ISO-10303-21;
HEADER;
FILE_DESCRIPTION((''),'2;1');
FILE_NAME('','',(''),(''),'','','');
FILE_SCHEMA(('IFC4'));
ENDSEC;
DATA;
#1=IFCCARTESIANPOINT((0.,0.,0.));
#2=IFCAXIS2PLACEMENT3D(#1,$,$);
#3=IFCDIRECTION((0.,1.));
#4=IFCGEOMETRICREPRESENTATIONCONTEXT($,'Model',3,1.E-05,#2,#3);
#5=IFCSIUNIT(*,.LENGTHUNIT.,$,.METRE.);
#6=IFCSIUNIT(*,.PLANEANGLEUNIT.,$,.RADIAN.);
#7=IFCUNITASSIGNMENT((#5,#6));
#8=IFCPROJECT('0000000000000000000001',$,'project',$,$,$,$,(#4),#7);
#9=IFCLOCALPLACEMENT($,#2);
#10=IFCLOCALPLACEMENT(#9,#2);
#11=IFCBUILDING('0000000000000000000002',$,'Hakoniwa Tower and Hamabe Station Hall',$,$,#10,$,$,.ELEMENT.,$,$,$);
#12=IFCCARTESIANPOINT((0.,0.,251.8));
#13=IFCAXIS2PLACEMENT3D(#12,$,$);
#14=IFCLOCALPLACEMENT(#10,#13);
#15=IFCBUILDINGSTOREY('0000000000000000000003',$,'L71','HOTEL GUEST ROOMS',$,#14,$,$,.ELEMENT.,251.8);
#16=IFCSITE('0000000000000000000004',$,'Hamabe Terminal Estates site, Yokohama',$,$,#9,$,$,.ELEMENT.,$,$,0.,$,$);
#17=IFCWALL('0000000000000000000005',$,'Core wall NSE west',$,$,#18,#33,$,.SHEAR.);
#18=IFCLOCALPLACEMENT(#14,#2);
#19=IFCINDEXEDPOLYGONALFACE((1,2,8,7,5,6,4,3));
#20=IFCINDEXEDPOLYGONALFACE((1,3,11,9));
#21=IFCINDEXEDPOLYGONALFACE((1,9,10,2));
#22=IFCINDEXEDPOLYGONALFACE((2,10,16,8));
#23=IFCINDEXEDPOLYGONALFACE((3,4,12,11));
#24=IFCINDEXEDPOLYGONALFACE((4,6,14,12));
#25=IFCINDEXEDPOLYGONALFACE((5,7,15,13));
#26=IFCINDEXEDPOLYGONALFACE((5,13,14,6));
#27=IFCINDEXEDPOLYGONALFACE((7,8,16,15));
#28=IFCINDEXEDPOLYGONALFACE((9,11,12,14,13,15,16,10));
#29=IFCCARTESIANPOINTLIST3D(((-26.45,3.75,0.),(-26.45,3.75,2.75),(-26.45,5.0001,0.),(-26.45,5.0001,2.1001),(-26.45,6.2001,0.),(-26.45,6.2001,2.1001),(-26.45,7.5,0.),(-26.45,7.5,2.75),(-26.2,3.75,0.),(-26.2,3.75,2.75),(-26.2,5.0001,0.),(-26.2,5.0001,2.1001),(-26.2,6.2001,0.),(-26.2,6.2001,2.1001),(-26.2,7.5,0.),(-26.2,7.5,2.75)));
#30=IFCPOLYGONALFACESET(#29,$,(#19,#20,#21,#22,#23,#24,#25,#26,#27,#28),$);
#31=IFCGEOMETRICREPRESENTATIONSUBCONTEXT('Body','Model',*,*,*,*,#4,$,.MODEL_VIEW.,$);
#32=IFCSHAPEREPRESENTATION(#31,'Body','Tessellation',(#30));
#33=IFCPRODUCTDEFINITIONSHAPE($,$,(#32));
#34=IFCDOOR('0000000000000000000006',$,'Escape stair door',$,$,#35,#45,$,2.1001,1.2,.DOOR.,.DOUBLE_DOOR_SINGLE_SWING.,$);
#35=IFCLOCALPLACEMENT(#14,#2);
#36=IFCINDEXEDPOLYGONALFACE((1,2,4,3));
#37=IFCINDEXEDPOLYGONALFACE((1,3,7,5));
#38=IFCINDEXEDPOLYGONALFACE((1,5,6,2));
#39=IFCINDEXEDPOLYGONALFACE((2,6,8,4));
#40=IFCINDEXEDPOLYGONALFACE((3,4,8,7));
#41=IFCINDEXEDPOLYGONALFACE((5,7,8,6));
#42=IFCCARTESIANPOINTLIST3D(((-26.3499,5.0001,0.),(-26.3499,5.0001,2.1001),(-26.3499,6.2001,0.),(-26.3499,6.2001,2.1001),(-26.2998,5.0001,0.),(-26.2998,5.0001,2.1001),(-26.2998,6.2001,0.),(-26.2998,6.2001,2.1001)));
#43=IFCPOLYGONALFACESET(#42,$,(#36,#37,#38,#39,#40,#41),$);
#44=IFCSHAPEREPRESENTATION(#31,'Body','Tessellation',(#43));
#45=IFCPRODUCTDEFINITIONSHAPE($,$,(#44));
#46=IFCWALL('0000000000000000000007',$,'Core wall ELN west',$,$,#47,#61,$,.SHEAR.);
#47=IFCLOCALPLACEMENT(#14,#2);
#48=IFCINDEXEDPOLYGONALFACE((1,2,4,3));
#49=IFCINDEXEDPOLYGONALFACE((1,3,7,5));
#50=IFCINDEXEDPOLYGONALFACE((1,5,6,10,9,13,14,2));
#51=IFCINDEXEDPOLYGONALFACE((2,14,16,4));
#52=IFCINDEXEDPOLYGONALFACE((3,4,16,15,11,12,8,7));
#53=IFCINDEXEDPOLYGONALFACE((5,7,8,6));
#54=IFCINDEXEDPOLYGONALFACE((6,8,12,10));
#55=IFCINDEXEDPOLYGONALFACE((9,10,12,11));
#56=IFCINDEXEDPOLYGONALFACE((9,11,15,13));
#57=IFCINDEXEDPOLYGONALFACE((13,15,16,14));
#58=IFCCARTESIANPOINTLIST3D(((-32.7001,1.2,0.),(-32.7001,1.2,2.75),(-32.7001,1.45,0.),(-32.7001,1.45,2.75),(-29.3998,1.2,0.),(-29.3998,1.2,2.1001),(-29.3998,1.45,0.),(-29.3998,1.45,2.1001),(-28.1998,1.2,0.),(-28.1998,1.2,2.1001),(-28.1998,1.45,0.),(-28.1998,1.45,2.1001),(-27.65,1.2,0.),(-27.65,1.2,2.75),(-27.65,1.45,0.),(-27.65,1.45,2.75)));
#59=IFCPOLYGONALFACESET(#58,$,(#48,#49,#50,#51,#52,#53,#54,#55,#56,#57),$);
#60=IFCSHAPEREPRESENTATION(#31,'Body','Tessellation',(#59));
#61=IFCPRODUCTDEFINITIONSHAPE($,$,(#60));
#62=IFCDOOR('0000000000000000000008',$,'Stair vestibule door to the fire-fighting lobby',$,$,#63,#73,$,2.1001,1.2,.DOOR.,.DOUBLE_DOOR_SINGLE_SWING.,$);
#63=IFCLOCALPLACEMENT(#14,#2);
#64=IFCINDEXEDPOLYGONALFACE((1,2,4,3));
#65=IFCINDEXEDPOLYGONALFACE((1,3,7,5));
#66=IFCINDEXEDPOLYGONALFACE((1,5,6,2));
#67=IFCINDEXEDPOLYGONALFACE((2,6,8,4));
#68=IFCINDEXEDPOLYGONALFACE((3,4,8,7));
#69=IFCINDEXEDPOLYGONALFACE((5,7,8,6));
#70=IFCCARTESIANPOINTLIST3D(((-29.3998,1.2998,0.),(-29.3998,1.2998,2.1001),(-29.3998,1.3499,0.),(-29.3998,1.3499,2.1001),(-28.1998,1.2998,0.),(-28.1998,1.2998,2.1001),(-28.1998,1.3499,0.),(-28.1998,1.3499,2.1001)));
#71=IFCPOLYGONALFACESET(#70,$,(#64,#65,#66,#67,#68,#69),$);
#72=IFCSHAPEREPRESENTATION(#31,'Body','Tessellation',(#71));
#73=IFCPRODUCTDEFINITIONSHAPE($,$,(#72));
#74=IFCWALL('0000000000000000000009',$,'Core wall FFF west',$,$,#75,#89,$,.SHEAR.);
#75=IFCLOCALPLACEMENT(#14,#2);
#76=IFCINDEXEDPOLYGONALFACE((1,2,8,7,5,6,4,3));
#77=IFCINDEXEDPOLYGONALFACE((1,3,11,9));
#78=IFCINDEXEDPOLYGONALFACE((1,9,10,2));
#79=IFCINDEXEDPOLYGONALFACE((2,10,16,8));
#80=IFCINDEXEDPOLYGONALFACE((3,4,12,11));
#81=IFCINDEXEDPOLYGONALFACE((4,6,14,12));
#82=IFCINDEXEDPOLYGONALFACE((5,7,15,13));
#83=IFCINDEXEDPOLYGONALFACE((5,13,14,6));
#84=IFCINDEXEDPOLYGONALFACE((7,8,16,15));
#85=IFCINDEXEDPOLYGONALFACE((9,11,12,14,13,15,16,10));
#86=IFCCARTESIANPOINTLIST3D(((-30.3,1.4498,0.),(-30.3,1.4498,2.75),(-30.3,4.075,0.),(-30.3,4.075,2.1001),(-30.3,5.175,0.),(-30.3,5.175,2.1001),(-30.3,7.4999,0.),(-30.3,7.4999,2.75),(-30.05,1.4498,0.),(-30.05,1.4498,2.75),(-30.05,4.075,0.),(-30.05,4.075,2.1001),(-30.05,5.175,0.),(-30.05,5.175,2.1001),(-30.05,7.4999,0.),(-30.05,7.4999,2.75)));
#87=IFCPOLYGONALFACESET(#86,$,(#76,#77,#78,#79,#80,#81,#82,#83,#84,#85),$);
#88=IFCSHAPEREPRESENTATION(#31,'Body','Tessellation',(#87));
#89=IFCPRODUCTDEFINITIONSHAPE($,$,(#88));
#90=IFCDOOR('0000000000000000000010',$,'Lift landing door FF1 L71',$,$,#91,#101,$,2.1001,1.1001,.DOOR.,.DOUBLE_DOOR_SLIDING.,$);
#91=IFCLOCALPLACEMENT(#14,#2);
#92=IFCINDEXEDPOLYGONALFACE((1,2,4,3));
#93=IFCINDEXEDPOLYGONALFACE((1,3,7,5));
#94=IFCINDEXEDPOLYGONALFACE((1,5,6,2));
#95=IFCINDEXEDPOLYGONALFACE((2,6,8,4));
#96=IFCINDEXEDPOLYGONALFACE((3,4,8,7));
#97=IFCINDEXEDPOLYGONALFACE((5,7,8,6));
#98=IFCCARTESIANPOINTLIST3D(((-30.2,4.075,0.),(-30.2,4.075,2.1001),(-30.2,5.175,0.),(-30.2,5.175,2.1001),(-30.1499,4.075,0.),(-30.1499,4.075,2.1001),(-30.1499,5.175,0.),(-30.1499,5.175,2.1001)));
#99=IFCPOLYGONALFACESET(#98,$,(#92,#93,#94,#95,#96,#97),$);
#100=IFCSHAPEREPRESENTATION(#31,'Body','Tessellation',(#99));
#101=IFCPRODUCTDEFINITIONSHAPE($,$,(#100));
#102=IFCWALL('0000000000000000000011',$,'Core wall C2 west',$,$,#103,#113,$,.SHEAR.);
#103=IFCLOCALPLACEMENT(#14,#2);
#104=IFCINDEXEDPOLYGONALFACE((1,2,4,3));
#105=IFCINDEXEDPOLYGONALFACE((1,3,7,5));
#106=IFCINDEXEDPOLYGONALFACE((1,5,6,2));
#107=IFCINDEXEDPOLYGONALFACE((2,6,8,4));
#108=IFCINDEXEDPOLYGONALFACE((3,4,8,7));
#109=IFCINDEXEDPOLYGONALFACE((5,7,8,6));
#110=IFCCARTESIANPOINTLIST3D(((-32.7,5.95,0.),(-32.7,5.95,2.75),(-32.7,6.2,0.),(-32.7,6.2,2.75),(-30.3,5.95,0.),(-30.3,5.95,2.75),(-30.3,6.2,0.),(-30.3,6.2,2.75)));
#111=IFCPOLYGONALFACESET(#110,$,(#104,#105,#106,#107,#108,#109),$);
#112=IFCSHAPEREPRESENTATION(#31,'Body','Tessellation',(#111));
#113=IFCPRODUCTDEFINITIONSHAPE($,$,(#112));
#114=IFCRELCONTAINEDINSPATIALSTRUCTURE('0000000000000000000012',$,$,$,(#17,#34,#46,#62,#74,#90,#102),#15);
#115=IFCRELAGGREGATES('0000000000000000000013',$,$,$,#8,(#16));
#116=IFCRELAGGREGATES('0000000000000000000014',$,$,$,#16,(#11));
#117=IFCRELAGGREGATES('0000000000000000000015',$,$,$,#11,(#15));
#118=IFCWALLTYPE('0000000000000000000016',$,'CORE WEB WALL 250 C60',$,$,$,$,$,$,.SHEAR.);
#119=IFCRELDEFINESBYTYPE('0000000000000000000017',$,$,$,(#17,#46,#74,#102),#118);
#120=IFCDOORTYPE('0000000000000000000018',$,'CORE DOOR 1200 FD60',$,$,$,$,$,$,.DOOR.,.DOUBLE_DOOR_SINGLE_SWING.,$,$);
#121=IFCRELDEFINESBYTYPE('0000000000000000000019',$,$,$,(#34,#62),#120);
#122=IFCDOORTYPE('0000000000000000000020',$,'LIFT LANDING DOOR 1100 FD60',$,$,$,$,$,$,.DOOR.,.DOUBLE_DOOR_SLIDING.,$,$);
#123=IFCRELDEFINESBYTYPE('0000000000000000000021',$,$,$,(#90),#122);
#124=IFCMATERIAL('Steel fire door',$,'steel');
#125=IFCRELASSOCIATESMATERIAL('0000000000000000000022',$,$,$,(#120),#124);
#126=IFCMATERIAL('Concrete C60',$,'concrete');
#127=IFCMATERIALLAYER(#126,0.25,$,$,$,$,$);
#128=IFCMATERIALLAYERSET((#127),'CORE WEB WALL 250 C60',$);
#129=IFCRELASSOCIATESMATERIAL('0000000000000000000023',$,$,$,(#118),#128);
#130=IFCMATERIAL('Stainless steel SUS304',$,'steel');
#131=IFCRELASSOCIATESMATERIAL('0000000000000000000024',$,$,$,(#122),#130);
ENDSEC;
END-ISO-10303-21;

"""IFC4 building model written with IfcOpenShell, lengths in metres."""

from ifc_helpers import new_model, si_unit, direction, frame, frame_2d, origin, place, context, subcontext, project, spatial, rectangle, extrude, material, layer, layer_set, type_object, element, fill, save


model = new_model("IFC4")

# Units and contexts
model_context = context("Model", 3, precision=1e-05, world=origin(), true_north=direction((0.0, 1.0)))
body_context = subcontext(model_context, "Body", "Model", "MODEL_VIEW")
ifc_project = project(units=[si_unit("LENGTHUNIT", "METRE"), si_unit("PLANEANGLEUNIT", "RADIAN")], contexts=[model_context])

# Site, building, storey
site_placement = place(None, origin())
site = spatial("IfcSite", under=ifc_project, at=site_placement, Name="Hamabe Terminal Estates site, Yokohama", CompositionType="ELEMENT", RefElevation=0.0)
building_placement = place(site_placement, origin())
building = spatial("IfcBuilding", under=site, at=building_placement, Name="Hakoniwa Tower and Hamabe Station Hall", CompositionType="ELEMENT")
storey_placement = place(building_placement, frame((0.0, 0.0, 251.8)))
storey = spatial("IfcBuildingStorey", under=building, at=storey_placement, Name="L71", Description="HOTEL GUEST ROOMS", CompositionType="ELEMENT", Elevation=251.8)

# Shared definitions
ifc_material_1 = material(Name="Steel fire door", Category="steel")
door_type_1 = type_object("IfcDoorType", Name="CORE DOOR 1200 FD60", OperationType="DOUBLE_DOOR_SINGLE_SWING", PredefinedType="DOOR", material=ifc_material_1)

# Shared definitions
ifc_material_2 = material(Name="Concrete C60", Category="concrete")
ifc_layer_1 = layer(ifc_material_2, 0.25)
ifc_layer_set_1 = layer_set([ifc_layer_1], Name="CORE WEB WALL 250 C60")
wall_type_1 = type_object("IfcWallType", Name="CORE WEB WALL 250 C60", PredefinedType="SHEAR", material=ifc_layer_set_1)

# Walls, openings, doors
wall_1_placement = place(storey_placement, frame((-26.325, 3.75, 0.0), z_axis=(0.0, 0.0, 1.0), x_axis=(0.0, 1.0, 0.0)))
wall_1 = element("IfcWall", 1, at=wall_1_placement, inside=storey, type_object=wall_type_1, Name="Core wall NSE west", PredefinedType="SHEAR", context=body_context, shape_type="SweptSolid", body=[
    extrude(rectangle(XDim=3.75, YDim=0.25, at=frame_2d((1.875, 0.0))), origin(), (0.0, 0.0, 1.0), 2.75),
])
opening_1_placement = place(wall_1_placement, frame((1.25, 0.0, 0.0)))
opening_1 = element("IfcOpeningElement", 2, at=opening_1_placement, cuts=wall_1, PredefinedType="OPENING", context=body_context, shape_type="SweptSolid", body=[
    extrude(rectangle(XDim=1.2, YDim=2.1001, at=frame_2d((0.6001, 1.05))), frame((0.0, 0.135, 0.0), z_axis=(0.0, -1.0, 0.0), x_axis=(1.0, 0.0, 0.0)), (0.0, 0.0, 1.0), 0.27),
])
door_1_placement = place(opening_1_placement, origin())
door_1 = element("IfcDoor", 3, at=door_1_placement, inside=storey, type_object=door_type_1, Name="Escape stair door", OperationType="DOUBLE_DOOR_SINGLE_SWING", OverallHeight=2.1001, OverallWidth=1.2, PredefinedType="DOOR", context=body_context, shape_type="SweptSolid", body=[
    extrude(rectangle(XDim=1.2, YDim=2.1001, at=frame_2d((0.6001, 1.05))), frame((0.0, 0.0249, 0.0), z_axis=(0.0, -1.0, 0.0), x_axis=(1.0, 0.0, 0.0)), (0.0, 0.0, 1.0), 0.05),
])
fill(opening_1, door_1)
wall_2_placement = place(storey_placement, frame((-32.7, 1.325, 0.0), z_axis=(0.0, 0.0, 1.0), x_axis=(1.0, 0.0, 0.0)))
wall_2 = element("IfcWall", 4, at=wall_2_placement, inside=storey, type_object=wall_type_1, Name="Core wall ELN west", PredefinedType="SHEAR", context=body_context, shape_type="SweptSolid", body=[
    extrude(rectangle(XDim=5.05, YDim=0.25, at=frame_2d((2.5249, 0.0))), origin(), (0.0, 0.0, 1.0), 2.75),
])
opening_2_placement = place(wall_2_placement, frame((3.3, 0.0, 0.0)))
opening_2 = element("IfcOpeningElement", 5, at=opening_2_placement, cuts=wall_2, PredefinedType="OPENING", context=body_context, shape_type="SweptSolid", body=[
    extrude(rectangle(XDim=1.2, YDim=2.1001, at=frame_2d((0.6001, 1.05))), frame((0.0, 0.135, 0.0), z_axis=(0.0, -1.0, 0.0), x_axis=(1.0, 0.0, 0.0)), (0.0, 0.0, 1.0), 0.27),
])
door_2_placement = place(opening_2_placement, origin())
door_2 = element("IfcDoor", 6, at=door_2_placement, inside=storey, type_object=door_type_1, Name="Stair vestibule door to the fire-fighting lobby", OperationType="DOUBLE_DOOR_SINGLE_SWING", OverallHeight=2.1001, OverallWidth=1.2, PredefinedType="DOOR", context=body_context, shape_type="SweptSolid", body=[
    extrude(rectangle(XDim=1.2, YDim=2.1001, at=frame_2d((0.6001, 1.05))), frame((0.0, 0.0249, 0.0), z_axis=(0.0, -1.0, 0.0), x_axis=(1.0, 0.0, 0.0)), (0.0, 0.0, 1.0), 0.05),
])
fill(opening_2, door_2)
wall_3_placement = place(storey_placement, frame((-30.175, 1.45, 0.0), z_axis=(0.0, 0.0, 1.0), x_axis=(0.0, 1.0, 0.0)))
wall_3 = element("IfcWall", 7, at=wall_3_placement, inside=storey, type_object=wall_type_1, Name="Core wall FFF west", PredefinedType="SHEAR", context=body_context, shape_type="SweptSolid", body=[
    extrude(rectangle(XDim=6.05, YDim=0.25, at=frame_2d((3.0249, 0.0))), origin(), (0.0, 0.0, 1.0), 2.75),
])
opening_3_placement = place(wall_3_placement, frame((2.625, 0.0, 0.0)))
opening_3 = element("IfcOpeningElement", 8, at=opening_3_placement, cuts=wall_3, PredefinedType="OPENING", context=body_context, shape_type="SweptSolid", body=[
    extrude(rectangle(XDim=1.1001, YDim=2.1001, at=frame_2d((0.55, 1.05))), frame((0.0, 0.135, 0.0), z_axis=(0.0, -1.0, 0.0), x_axis=(1.0, 0.0, 0.0)), (0.0, 0.0, 1.0), 0.27),
])
ifc_material_3 = material(Name="Stainless steel SUS304", Category="steel")
door_type_2 = type_object("IfcDoorType", Name="LIFT LANDING DOOR 1100 FD60", OperationType="DOUBLE_DOOR_SLIDING", PredefinedType="DOOR", material=ifc_material_3)
door_3_placement = place(opening_3_placement, origin())
door_3 = element("IfcDoor", 9, at=door_3_placement, inside=storey, type_object=door_type_2, Name="Lift landing door FF1 L71", OperationType="DOUBLE_DOOR_SLIDING", OverallHeight=2.1001, OverallWidth=1.1001, PredefinedType="DOOR", context=body_context, shape_type="SweptSolid", body=[
    extrude(rectangle(XDim=1.1001, YDim=2.1001, at=frame_2d((0.55, 1.05))), frame((0.0, 0.0249, 0.0), z_axis=(0.0, -1.0, 0.0), x_axis=(1.0, 0.0, 0.0)), (0.0, 0.0, 1.0), 0.05),
])
fill(opening_3, door_3)

# Wall
wall_4_placement = place(storey_placement, frame((-32.7, 6.075, 0.0), z_axis=(0.0, 0.0, 1.0), x_axis=(1.0, 0.0, 0.0)))
element("IfcWall", 10, at=wall_4_placement, inside=storey, type_object=wall_type_1, Name="Core wall C2 west", PredefinedType="SHEAR", context=body_context, shape_type="SweptSolid", body=[
    extrude(rectangle(XDim=2.3999, YDim=0.25, at=frame_2d((1.2, 0.0))), origin(), (0.0, 0.0, 1.0), 2.75),
])

save(model, "model.ifc")
